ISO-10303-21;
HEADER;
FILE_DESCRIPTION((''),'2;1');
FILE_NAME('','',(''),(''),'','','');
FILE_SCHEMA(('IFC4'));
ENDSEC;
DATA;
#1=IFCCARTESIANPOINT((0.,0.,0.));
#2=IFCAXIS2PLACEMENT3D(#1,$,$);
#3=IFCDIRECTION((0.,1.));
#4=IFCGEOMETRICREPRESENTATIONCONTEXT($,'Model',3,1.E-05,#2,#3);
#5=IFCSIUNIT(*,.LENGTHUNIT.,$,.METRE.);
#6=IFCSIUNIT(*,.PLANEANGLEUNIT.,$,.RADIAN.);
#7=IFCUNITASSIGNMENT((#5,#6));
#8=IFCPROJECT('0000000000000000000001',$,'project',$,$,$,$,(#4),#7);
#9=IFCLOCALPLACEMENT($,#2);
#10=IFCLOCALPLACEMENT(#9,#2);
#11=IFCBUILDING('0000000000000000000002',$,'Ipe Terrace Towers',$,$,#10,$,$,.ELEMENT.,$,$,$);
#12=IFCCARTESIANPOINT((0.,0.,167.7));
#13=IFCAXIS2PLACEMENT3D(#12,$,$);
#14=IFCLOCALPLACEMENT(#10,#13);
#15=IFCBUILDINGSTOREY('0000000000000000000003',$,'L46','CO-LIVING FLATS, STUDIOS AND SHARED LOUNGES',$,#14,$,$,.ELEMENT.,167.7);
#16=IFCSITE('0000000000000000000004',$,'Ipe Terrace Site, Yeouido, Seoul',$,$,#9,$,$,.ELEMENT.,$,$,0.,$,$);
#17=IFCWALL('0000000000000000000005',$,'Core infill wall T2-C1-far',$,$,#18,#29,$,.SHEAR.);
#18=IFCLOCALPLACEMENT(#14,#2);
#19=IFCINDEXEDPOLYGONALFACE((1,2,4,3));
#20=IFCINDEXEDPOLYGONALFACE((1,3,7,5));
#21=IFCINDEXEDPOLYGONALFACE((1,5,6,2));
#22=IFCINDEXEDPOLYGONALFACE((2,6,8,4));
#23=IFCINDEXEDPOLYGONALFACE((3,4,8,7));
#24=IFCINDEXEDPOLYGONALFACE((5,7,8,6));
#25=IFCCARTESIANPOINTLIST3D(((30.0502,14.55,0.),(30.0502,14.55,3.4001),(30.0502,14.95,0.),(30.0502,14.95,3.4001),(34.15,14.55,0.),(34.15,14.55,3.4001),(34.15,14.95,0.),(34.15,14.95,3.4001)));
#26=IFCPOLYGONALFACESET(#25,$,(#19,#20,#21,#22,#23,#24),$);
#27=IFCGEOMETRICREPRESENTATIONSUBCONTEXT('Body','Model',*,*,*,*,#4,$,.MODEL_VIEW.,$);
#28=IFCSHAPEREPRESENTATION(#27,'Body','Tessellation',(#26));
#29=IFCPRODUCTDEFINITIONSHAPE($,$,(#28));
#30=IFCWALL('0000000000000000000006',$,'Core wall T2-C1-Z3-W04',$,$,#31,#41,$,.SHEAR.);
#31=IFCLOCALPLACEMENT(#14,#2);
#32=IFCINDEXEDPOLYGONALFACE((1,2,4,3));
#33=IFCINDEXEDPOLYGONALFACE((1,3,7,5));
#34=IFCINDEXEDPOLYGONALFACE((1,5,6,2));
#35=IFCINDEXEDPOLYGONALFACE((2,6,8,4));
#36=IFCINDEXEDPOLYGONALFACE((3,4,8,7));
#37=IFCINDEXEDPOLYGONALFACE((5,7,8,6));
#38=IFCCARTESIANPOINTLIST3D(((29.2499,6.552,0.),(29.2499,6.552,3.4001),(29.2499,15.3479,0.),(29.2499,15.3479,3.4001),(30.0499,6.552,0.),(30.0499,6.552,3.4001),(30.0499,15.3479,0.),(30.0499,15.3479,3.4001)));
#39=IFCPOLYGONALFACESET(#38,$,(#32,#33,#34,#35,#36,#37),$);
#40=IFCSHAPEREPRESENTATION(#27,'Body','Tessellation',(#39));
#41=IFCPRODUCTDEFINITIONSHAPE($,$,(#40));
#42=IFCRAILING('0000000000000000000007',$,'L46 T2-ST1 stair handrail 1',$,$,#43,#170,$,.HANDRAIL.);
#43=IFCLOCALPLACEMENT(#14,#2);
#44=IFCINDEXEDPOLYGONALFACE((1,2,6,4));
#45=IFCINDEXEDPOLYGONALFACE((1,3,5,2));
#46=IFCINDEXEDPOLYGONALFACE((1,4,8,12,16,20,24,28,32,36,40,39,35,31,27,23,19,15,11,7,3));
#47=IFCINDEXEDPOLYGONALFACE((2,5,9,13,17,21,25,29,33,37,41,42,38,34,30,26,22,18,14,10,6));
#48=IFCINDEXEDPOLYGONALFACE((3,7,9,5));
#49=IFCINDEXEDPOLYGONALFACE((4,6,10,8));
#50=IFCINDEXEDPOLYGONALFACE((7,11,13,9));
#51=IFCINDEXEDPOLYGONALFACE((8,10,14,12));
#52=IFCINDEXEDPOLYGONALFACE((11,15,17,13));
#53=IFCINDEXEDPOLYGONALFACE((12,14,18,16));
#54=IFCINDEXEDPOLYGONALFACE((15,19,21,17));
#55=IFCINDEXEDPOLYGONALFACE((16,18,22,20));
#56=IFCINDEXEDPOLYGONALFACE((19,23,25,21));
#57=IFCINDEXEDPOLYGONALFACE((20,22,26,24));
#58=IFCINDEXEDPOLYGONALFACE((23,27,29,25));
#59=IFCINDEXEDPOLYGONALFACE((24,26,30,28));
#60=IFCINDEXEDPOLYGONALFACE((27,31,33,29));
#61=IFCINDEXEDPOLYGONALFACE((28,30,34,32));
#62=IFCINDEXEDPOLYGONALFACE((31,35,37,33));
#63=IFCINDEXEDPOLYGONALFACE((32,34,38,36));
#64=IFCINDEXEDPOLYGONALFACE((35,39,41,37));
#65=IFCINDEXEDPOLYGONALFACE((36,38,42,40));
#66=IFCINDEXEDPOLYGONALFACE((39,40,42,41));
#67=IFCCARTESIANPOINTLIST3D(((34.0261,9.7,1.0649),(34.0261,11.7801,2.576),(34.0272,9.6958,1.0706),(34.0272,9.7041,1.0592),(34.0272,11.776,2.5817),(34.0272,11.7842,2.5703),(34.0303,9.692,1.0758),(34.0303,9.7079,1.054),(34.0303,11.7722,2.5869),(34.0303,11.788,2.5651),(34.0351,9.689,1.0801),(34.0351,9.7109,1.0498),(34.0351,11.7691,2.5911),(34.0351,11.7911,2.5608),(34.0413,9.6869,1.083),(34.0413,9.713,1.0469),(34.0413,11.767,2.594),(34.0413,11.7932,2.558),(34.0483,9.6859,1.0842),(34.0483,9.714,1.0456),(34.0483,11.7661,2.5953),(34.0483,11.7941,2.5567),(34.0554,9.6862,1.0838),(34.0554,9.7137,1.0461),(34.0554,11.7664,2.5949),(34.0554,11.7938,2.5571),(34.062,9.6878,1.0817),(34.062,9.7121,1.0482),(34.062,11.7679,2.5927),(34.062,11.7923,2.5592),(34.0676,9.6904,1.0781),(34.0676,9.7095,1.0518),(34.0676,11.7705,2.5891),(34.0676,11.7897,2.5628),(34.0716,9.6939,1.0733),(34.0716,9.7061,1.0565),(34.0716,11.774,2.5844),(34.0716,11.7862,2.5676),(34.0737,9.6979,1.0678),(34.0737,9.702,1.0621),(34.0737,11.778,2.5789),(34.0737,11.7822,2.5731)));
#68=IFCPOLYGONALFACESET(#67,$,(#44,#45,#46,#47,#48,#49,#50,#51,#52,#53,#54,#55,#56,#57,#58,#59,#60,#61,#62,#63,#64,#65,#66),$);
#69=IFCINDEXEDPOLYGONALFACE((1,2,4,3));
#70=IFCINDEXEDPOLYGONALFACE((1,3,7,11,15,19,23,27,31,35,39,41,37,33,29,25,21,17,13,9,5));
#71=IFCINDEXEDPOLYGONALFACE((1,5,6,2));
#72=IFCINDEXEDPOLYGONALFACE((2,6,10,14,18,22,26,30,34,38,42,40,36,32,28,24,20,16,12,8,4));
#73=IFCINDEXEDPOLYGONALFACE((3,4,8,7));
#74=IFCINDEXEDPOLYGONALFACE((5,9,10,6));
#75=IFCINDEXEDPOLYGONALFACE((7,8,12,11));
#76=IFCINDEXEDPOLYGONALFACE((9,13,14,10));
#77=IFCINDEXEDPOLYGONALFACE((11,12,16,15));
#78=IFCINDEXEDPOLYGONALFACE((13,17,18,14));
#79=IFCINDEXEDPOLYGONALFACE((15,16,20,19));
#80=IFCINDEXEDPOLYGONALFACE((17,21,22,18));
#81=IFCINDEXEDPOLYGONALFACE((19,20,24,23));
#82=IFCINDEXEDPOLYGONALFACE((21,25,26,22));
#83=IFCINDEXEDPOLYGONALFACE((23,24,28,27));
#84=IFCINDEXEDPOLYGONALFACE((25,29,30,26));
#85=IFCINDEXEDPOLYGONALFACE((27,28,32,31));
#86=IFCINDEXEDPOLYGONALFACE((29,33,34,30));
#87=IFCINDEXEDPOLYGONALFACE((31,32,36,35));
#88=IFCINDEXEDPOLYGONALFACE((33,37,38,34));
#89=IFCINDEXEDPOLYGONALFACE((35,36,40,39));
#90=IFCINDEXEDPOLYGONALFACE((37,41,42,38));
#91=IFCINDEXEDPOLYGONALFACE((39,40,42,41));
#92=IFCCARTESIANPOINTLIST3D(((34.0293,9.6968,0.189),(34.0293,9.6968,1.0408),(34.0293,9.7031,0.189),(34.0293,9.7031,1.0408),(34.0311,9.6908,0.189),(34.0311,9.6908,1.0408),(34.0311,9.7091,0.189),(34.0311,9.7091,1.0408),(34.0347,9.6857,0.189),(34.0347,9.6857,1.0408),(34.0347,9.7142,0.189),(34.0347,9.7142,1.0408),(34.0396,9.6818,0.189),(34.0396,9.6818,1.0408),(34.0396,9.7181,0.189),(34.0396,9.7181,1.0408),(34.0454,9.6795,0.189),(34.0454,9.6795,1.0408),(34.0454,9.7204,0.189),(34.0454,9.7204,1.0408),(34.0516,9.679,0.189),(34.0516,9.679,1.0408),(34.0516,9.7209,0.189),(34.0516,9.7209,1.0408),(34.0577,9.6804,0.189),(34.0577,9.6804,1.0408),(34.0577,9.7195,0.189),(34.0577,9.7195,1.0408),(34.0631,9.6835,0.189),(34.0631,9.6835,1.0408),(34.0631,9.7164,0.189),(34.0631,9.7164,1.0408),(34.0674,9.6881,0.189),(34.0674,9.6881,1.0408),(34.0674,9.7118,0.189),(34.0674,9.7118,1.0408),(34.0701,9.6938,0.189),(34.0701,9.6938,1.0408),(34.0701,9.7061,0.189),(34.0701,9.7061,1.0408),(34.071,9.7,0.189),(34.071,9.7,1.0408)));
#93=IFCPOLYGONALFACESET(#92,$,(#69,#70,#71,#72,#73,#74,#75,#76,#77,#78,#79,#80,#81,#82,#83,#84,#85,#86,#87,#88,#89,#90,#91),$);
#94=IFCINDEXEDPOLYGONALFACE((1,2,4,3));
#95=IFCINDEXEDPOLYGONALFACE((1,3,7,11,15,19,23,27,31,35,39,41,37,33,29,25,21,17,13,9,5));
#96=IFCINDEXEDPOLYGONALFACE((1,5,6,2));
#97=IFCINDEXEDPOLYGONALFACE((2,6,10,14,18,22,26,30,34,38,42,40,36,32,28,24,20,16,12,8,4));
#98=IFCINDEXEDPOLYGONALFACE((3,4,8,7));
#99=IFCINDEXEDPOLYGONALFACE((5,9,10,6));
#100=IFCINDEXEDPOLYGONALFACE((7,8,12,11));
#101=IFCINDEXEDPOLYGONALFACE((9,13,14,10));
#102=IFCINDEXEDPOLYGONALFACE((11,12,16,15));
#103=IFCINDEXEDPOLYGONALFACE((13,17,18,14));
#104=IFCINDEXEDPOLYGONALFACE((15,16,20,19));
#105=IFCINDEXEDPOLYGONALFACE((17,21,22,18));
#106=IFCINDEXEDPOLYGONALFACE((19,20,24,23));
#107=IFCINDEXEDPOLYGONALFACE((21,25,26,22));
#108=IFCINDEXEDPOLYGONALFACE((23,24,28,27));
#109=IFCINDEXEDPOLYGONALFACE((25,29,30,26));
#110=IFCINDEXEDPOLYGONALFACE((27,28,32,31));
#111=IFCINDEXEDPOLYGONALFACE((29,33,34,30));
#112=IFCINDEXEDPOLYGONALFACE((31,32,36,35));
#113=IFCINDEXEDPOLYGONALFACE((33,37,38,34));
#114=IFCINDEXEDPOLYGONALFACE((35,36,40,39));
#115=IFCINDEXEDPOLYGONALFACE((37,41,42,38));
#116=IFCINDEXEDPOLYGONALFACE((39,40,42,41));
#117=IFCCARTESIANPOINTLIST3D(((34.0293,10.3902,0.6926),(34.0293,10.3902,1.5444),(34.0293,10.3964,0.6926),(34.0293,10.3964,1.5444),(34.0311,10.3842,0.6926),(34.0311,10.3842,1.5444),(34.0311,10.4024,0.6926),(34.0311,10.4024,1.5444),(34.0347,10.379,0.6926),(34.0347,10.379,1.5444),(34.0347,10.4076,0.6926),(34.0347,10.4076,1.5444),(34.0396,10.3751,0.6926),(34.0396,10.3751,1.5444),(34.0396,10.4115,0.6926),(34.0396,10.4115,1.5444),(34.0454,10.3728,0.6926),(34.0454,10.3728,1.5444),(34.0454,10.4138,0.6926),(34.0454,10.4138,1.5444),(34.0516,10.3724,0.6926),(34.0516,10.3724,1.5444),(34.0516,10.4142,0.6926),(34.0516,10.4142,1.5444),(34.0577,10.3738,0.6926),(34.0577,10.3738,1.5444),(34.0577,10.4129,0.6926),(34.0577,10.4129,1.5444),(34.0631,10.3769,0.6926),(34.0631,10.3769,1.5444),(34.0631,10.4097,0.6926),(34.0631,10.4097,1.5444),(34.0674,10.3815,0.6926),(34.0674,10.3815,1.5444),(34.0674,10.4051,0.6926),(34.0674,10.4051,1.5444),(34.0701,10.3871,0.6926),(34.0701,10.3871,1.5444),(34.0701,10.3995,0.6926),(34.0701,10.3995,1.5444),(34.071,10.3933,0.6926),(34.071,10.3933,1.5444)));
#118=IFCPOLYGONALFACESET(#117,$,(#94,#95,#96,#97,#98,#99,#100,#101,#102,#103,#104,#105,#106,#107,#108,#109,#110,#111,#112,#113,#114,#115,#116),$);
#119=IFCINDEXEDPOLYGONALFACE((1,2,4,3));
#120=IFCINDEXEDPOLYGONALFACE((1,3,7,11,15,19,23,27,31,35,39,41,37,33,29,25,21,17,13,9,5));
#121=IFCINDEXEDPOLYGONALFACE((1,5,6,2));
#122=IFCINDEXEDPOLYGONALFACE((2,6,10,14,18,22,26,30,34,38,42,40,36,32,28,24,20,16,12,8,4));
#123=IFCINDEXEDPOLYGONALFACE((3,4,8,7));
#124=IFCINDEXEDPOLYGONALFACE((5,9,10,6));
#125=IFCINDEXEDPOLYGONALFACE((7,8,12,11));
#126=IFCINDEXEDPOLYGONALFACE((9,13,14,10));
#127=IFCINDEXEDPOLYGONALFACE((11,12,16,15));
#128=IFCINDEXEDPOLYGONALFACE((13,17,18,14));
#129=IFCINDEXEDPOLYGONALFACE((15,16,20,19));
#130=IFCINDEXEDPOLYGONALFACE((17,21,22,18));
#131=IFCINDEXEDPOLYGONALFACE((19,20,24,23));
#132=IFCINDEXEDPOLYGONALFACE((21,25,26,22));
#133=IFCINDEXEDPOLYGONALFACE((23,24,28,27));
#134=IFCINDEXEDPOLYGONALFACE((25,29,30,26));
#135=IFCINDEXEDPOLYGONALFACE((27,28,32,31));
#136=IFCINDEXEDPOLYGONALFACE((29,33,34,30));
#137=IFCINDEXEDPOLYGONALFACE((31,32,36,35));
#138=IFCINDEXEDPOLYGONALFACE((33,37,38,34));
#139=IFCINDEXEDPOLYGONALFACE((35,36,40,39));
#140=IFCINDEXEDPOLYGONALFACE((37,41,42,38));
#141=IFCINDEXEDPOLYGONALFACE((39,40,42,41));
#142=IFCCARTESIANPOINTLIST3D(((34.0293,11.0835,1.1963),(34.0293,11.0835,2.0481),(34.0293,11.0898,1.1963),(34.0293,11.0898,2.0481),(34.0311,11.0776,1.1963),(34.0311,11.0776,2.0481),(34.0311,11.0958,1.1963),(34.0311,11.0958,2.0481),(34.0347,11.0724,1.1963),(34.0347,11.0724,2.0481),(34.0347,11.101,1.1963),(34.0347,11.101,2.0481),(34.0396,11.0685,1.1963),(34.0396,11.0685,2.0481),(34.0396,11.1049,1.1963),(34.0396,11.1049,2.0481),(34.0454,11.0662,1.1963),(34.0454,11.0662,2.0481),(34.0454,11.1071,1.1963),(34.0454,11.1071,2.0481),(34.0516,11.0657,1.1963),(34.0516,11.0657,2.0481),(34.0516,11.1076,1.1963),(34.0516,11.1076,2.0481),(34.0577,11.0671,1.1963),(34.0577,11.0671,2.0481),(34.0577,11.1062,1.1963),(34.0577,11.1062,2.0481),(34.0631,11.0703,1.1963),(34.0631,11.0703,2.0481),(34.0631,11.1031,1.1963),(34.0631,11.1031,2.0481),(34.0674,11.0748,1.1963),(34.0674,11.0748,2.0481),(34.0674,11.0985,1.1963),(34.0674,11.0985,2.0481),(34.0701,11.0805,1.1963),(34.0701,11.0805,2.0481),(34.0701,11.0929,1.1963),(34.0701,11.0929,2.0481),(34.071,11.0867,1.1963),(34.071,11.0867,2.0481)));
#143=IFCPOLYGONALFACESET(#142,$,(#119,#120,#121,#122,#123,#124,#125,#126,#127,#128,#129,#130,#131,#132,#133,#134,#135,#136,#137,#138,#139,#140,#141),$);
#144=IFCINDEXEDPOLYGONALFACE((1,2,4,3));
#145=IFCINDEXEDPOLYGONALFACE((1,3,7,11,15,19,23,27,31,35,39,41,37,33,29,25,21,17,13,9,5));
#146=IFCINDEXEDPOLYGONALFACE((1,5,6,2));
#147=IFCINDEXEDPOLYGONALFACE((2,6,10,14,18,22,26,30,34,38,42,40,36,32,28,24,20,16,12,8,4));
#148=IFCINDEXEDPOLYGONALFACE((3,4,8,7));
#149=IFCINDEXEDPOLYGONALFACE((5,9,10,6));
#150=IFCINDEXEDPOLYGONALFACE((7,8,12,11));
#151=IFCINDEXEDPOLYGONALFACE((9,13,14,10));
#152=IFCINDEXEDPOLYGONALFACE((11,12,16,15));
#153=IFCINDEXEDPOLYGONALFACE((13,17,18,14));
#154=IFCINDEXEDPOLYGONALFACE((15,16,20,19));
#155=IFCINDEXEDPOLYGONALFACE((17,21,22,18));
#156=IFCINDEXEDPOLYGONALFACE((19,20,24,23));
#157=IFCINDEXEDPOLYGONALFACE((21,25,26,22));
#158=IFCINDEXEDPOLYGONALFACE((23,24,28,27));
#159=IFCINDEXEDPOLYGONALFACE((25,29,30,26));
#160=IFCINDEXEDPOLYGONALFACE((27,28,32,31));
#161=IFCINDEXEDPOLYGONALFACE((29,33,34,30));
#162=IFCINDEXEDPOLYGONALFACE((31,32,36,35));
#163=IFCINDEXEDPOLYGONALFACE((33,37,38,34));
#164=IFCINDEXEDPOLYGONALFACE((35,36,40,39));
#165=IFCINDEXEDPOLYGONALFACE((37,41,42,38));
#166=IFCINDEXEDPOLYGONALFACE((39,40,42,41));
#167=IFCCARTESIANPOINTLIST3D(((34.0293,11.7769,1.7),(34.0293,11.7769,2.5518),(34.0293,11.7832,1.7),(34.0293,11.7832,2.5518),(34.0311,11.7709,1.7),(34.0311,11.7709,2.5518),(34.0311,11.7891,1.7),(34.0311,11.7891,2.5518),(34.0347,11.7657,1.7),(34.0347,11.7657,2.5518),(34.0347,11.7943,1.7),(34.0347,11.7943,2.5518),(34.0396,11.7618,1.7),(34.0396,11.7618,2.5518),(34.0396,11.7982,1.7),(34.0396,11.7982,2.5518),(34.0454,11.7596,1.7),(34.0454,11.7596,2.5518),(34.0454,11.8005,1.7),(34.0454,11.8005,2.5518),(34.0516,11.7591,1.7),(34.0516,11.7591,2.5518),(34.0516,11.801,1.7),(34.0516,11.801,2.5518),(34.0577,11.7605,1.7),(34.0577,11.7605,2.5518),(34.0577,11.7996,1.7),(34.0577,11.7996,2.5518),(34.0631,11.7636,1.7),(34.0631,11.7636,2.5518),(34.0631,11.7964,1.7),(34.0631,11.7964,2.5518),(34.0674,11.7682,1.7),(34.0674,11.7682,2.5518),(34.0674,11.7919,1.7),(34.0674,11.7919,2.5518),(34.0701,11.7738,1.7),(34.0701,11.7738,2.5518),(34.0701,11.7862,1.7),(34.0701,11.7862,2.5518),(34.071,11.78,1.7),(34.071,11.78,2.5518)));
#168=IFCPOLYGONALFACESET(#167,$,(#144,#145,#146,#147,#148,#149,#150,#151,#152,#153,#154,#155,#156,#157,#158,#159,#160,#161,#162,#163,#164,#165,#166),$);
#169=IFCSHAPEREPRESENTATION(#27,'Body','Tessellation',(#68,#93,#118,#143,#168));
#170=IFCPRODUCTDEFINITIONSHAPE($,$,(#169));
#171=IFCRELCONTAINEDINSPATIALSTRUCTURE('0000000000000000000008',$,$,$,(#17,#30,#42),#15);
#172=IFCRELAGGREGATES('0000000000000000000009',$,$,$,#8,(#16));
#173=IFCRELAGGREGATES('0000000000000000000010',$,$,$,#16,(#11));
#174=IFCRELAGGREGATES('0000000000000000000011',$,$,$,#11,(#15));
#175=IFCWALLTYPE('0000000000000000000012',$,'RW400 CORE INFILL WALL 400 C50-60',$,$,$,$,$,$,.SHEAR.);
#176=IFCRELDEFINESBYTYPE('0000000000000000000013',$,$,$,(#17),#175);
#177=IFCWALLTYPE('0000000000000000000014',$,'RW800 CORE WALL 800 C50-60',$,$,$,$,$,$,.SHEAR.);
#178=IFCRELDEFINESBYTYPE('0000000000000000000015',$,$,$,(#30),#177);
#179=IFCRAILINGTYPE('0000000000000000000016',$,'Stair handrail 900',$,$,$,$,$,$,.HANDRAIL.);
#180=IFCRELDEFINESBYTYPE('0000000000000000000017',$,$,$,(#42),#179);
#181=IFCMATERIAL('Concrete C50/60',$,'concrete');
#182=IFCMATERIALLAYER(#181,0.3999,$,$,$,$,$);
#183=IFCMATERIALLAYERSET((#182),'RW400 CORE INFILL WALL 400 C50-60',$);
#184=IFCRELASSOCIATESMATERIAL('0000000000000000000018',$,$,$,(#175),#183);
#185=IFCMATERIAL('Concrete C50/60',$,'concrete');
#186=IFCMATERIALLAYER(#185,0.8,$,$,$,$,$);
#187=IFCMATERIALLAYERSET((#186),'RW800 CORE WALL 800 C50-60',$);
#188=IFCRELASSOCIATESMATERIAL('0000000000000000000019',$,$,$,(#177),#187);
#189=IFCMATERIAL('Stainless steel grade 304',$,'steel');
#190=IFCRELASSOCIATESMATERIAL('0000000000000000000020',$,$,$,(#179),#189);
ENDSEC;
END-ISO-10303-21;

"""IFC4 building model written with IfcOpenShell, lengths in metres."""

from ifc_helpers import new_model, si_unit, direction, frame, frame_2d, origin, origin_2d, place, context, subcontext, project, spatial, rectangle, circle, extrude, material, layer, layer_set, type_object, element, save


model = new_model("IFC4")

# Units and contexts
model_context = context("Model", 3, precision=1e-05, world=origin(), true_north=direction((0.0, 1.0)))
body_context = subcontext(model_context, "Body", "Model", "MODEL_VIEW")
ifc_project = project(units=[si_unit("LENGTHUNIT", "METRE"), si_unit("PLANEANGLEUNIT", "RADIAN")], contexts=[model_context])

# Site, building, storey
site_placement = place(None, origin())
site = spatial("IfcSite", under=ifc_project, at=site_placement, Name="Ipe Terrace Site, Yeouido, Seoul", CompositionType="ELEMENT", RefElevation=0.0)
building_placement = place(site_placement, origin())
building = spatial("IfcBuilding", under=site, at=building_placement, Name="Ipe Terrace Towers", CompositionType="ELEMENT")
storey_placement = place(building_placement, frame((0.0, 0.0, 167.7)))
storey = spatial("IfcBuildingStorey", under=building, at=storey_placement, Name="L46", Description="CO-LIVING FLATS, STUDIOS AND SHARED LOUNGES", CompositionType="ELEMENT", Elevation=167.7)

# Walls
ifc_material_1 = material(Name="Concrete C50/60", Category="concrete")
ifc_layer_1 = layer(ifc_material_1, 0.3999)
ifc_layer_set_1 = layer_set([ifc_layer_1], Name="RW400 CORE INFILL WALL 400 C50-60")
wall_type_1 = type_object("IfcWallType", Name="RW400 CORE INFILL WALL 400 C50-60", PredefinedType="SHEAR", material=ifc_layer_set_1)
wall_1_placement = place(storey_placement, frame((34.1499, 14.75, 0.0), z_axis=(0.0, 0.0, 1.0), x_axis=(-1.0, 0.0, 0.0)))
element("IfcWall", 1, at=wall_1_placement, inside=storey, type_object=wall_type_1, Name="Core infill wall T2-C1-far", PredefinedType="SHEAR", context=body_context, shape_type="SweptSolid", body=[
    extrude(rectangle(XDim=4.0999, YDim=0.3999, at=frame_2d((2.0498, 0.0))), origin(), (0.0, 0.0, 1.0), 3.4001),
])
ifc_material_2 = material(Name="Concrete C50/60", Category="concrete")
ifc_layer_2 = layer(ifc_material_2, 0.8)
ifc_layer_set_2 = layer_set([ifc_layer_2], Name="RW800 CORE WALL 800 C50-60")
wall_type_2 = type_object("IfcWallType", Name="RW800 CORE WALL 800 C50-60", PredefinedType="SHEAR", material=ifc_layer_set_2)
wall_2_placement = place(storey_placement, frame((29.6499, 15.3479, 0.0), z_axis=(0.0, 0.0, 1.0), x_axis=(0.0, -1.0, 0.0)))
element("IfcWall", 2, at=wall_2_placement, inside=storey, type_object=wall_type_2, Name="Core wall T2-C1-Z3-W04", PredefinedType="SHEAR", context=body_context, shape_type="SweptSolid", body=[
    extrude(rectangle(XDim=8.7959, YDim=0.8, at=frame_2d((4.3979, 0.0))), origin(), (0.0, 0.0, 1.0), 3.4001),
])

# Railing
ifc_material_3 = material(Name="Stainless steel grade 304", Category="steel")
railing_type_1 = type_object("IfcRailingType", Name="Stair handrail 900", PredefinedType="HANDRAIL", material=ifc_material_3)
railing_1_placement = place(storey_placement, frame((34.05, 9.7, 0.189)))
element("IfcRailing", 3, at=railing_1_placement, inside=storey, type_object=railing_type_1, Name="L46 T2-ST1 stair handrail 1", PredefinedType="HANDRAIL", context=body_context, shape_type="SweptSolid", body=[
    extrude(circle(Radius=0.0239, at=origin_2d()), frame((0.0, 0.0, 0.876), z_axis=(0.0, 0.809069, 0.587714), x_axis=(-1.0, 0.0, 0.0)), (0.0, 0.0, 1.0), 2.571),
    extrude(circle(Radius=0.021, at=origin_2d()), origin(), (0.0, 0.0, 1.0), 0.8518),
    extrude(circle(Radius=0.021, at=origin_2d()), frame((0.0, 0.6934, 0.5037)), (0.0, 0.0, 1.0), 0.8518),
    extrude(circle(Radius=0.021, at=origin_2d()), frame((0.0, 1.3867, 1.0073)), (0.0, 0.0, 1.0), 0.8518),
    extrude(circle(Radius=0.021, at=origin_2d()), frame((0.0, 2.0801, 1.511)), (0.0, 0.0, 1.0), 0.8518),
])

save(model, "model.ifc")
